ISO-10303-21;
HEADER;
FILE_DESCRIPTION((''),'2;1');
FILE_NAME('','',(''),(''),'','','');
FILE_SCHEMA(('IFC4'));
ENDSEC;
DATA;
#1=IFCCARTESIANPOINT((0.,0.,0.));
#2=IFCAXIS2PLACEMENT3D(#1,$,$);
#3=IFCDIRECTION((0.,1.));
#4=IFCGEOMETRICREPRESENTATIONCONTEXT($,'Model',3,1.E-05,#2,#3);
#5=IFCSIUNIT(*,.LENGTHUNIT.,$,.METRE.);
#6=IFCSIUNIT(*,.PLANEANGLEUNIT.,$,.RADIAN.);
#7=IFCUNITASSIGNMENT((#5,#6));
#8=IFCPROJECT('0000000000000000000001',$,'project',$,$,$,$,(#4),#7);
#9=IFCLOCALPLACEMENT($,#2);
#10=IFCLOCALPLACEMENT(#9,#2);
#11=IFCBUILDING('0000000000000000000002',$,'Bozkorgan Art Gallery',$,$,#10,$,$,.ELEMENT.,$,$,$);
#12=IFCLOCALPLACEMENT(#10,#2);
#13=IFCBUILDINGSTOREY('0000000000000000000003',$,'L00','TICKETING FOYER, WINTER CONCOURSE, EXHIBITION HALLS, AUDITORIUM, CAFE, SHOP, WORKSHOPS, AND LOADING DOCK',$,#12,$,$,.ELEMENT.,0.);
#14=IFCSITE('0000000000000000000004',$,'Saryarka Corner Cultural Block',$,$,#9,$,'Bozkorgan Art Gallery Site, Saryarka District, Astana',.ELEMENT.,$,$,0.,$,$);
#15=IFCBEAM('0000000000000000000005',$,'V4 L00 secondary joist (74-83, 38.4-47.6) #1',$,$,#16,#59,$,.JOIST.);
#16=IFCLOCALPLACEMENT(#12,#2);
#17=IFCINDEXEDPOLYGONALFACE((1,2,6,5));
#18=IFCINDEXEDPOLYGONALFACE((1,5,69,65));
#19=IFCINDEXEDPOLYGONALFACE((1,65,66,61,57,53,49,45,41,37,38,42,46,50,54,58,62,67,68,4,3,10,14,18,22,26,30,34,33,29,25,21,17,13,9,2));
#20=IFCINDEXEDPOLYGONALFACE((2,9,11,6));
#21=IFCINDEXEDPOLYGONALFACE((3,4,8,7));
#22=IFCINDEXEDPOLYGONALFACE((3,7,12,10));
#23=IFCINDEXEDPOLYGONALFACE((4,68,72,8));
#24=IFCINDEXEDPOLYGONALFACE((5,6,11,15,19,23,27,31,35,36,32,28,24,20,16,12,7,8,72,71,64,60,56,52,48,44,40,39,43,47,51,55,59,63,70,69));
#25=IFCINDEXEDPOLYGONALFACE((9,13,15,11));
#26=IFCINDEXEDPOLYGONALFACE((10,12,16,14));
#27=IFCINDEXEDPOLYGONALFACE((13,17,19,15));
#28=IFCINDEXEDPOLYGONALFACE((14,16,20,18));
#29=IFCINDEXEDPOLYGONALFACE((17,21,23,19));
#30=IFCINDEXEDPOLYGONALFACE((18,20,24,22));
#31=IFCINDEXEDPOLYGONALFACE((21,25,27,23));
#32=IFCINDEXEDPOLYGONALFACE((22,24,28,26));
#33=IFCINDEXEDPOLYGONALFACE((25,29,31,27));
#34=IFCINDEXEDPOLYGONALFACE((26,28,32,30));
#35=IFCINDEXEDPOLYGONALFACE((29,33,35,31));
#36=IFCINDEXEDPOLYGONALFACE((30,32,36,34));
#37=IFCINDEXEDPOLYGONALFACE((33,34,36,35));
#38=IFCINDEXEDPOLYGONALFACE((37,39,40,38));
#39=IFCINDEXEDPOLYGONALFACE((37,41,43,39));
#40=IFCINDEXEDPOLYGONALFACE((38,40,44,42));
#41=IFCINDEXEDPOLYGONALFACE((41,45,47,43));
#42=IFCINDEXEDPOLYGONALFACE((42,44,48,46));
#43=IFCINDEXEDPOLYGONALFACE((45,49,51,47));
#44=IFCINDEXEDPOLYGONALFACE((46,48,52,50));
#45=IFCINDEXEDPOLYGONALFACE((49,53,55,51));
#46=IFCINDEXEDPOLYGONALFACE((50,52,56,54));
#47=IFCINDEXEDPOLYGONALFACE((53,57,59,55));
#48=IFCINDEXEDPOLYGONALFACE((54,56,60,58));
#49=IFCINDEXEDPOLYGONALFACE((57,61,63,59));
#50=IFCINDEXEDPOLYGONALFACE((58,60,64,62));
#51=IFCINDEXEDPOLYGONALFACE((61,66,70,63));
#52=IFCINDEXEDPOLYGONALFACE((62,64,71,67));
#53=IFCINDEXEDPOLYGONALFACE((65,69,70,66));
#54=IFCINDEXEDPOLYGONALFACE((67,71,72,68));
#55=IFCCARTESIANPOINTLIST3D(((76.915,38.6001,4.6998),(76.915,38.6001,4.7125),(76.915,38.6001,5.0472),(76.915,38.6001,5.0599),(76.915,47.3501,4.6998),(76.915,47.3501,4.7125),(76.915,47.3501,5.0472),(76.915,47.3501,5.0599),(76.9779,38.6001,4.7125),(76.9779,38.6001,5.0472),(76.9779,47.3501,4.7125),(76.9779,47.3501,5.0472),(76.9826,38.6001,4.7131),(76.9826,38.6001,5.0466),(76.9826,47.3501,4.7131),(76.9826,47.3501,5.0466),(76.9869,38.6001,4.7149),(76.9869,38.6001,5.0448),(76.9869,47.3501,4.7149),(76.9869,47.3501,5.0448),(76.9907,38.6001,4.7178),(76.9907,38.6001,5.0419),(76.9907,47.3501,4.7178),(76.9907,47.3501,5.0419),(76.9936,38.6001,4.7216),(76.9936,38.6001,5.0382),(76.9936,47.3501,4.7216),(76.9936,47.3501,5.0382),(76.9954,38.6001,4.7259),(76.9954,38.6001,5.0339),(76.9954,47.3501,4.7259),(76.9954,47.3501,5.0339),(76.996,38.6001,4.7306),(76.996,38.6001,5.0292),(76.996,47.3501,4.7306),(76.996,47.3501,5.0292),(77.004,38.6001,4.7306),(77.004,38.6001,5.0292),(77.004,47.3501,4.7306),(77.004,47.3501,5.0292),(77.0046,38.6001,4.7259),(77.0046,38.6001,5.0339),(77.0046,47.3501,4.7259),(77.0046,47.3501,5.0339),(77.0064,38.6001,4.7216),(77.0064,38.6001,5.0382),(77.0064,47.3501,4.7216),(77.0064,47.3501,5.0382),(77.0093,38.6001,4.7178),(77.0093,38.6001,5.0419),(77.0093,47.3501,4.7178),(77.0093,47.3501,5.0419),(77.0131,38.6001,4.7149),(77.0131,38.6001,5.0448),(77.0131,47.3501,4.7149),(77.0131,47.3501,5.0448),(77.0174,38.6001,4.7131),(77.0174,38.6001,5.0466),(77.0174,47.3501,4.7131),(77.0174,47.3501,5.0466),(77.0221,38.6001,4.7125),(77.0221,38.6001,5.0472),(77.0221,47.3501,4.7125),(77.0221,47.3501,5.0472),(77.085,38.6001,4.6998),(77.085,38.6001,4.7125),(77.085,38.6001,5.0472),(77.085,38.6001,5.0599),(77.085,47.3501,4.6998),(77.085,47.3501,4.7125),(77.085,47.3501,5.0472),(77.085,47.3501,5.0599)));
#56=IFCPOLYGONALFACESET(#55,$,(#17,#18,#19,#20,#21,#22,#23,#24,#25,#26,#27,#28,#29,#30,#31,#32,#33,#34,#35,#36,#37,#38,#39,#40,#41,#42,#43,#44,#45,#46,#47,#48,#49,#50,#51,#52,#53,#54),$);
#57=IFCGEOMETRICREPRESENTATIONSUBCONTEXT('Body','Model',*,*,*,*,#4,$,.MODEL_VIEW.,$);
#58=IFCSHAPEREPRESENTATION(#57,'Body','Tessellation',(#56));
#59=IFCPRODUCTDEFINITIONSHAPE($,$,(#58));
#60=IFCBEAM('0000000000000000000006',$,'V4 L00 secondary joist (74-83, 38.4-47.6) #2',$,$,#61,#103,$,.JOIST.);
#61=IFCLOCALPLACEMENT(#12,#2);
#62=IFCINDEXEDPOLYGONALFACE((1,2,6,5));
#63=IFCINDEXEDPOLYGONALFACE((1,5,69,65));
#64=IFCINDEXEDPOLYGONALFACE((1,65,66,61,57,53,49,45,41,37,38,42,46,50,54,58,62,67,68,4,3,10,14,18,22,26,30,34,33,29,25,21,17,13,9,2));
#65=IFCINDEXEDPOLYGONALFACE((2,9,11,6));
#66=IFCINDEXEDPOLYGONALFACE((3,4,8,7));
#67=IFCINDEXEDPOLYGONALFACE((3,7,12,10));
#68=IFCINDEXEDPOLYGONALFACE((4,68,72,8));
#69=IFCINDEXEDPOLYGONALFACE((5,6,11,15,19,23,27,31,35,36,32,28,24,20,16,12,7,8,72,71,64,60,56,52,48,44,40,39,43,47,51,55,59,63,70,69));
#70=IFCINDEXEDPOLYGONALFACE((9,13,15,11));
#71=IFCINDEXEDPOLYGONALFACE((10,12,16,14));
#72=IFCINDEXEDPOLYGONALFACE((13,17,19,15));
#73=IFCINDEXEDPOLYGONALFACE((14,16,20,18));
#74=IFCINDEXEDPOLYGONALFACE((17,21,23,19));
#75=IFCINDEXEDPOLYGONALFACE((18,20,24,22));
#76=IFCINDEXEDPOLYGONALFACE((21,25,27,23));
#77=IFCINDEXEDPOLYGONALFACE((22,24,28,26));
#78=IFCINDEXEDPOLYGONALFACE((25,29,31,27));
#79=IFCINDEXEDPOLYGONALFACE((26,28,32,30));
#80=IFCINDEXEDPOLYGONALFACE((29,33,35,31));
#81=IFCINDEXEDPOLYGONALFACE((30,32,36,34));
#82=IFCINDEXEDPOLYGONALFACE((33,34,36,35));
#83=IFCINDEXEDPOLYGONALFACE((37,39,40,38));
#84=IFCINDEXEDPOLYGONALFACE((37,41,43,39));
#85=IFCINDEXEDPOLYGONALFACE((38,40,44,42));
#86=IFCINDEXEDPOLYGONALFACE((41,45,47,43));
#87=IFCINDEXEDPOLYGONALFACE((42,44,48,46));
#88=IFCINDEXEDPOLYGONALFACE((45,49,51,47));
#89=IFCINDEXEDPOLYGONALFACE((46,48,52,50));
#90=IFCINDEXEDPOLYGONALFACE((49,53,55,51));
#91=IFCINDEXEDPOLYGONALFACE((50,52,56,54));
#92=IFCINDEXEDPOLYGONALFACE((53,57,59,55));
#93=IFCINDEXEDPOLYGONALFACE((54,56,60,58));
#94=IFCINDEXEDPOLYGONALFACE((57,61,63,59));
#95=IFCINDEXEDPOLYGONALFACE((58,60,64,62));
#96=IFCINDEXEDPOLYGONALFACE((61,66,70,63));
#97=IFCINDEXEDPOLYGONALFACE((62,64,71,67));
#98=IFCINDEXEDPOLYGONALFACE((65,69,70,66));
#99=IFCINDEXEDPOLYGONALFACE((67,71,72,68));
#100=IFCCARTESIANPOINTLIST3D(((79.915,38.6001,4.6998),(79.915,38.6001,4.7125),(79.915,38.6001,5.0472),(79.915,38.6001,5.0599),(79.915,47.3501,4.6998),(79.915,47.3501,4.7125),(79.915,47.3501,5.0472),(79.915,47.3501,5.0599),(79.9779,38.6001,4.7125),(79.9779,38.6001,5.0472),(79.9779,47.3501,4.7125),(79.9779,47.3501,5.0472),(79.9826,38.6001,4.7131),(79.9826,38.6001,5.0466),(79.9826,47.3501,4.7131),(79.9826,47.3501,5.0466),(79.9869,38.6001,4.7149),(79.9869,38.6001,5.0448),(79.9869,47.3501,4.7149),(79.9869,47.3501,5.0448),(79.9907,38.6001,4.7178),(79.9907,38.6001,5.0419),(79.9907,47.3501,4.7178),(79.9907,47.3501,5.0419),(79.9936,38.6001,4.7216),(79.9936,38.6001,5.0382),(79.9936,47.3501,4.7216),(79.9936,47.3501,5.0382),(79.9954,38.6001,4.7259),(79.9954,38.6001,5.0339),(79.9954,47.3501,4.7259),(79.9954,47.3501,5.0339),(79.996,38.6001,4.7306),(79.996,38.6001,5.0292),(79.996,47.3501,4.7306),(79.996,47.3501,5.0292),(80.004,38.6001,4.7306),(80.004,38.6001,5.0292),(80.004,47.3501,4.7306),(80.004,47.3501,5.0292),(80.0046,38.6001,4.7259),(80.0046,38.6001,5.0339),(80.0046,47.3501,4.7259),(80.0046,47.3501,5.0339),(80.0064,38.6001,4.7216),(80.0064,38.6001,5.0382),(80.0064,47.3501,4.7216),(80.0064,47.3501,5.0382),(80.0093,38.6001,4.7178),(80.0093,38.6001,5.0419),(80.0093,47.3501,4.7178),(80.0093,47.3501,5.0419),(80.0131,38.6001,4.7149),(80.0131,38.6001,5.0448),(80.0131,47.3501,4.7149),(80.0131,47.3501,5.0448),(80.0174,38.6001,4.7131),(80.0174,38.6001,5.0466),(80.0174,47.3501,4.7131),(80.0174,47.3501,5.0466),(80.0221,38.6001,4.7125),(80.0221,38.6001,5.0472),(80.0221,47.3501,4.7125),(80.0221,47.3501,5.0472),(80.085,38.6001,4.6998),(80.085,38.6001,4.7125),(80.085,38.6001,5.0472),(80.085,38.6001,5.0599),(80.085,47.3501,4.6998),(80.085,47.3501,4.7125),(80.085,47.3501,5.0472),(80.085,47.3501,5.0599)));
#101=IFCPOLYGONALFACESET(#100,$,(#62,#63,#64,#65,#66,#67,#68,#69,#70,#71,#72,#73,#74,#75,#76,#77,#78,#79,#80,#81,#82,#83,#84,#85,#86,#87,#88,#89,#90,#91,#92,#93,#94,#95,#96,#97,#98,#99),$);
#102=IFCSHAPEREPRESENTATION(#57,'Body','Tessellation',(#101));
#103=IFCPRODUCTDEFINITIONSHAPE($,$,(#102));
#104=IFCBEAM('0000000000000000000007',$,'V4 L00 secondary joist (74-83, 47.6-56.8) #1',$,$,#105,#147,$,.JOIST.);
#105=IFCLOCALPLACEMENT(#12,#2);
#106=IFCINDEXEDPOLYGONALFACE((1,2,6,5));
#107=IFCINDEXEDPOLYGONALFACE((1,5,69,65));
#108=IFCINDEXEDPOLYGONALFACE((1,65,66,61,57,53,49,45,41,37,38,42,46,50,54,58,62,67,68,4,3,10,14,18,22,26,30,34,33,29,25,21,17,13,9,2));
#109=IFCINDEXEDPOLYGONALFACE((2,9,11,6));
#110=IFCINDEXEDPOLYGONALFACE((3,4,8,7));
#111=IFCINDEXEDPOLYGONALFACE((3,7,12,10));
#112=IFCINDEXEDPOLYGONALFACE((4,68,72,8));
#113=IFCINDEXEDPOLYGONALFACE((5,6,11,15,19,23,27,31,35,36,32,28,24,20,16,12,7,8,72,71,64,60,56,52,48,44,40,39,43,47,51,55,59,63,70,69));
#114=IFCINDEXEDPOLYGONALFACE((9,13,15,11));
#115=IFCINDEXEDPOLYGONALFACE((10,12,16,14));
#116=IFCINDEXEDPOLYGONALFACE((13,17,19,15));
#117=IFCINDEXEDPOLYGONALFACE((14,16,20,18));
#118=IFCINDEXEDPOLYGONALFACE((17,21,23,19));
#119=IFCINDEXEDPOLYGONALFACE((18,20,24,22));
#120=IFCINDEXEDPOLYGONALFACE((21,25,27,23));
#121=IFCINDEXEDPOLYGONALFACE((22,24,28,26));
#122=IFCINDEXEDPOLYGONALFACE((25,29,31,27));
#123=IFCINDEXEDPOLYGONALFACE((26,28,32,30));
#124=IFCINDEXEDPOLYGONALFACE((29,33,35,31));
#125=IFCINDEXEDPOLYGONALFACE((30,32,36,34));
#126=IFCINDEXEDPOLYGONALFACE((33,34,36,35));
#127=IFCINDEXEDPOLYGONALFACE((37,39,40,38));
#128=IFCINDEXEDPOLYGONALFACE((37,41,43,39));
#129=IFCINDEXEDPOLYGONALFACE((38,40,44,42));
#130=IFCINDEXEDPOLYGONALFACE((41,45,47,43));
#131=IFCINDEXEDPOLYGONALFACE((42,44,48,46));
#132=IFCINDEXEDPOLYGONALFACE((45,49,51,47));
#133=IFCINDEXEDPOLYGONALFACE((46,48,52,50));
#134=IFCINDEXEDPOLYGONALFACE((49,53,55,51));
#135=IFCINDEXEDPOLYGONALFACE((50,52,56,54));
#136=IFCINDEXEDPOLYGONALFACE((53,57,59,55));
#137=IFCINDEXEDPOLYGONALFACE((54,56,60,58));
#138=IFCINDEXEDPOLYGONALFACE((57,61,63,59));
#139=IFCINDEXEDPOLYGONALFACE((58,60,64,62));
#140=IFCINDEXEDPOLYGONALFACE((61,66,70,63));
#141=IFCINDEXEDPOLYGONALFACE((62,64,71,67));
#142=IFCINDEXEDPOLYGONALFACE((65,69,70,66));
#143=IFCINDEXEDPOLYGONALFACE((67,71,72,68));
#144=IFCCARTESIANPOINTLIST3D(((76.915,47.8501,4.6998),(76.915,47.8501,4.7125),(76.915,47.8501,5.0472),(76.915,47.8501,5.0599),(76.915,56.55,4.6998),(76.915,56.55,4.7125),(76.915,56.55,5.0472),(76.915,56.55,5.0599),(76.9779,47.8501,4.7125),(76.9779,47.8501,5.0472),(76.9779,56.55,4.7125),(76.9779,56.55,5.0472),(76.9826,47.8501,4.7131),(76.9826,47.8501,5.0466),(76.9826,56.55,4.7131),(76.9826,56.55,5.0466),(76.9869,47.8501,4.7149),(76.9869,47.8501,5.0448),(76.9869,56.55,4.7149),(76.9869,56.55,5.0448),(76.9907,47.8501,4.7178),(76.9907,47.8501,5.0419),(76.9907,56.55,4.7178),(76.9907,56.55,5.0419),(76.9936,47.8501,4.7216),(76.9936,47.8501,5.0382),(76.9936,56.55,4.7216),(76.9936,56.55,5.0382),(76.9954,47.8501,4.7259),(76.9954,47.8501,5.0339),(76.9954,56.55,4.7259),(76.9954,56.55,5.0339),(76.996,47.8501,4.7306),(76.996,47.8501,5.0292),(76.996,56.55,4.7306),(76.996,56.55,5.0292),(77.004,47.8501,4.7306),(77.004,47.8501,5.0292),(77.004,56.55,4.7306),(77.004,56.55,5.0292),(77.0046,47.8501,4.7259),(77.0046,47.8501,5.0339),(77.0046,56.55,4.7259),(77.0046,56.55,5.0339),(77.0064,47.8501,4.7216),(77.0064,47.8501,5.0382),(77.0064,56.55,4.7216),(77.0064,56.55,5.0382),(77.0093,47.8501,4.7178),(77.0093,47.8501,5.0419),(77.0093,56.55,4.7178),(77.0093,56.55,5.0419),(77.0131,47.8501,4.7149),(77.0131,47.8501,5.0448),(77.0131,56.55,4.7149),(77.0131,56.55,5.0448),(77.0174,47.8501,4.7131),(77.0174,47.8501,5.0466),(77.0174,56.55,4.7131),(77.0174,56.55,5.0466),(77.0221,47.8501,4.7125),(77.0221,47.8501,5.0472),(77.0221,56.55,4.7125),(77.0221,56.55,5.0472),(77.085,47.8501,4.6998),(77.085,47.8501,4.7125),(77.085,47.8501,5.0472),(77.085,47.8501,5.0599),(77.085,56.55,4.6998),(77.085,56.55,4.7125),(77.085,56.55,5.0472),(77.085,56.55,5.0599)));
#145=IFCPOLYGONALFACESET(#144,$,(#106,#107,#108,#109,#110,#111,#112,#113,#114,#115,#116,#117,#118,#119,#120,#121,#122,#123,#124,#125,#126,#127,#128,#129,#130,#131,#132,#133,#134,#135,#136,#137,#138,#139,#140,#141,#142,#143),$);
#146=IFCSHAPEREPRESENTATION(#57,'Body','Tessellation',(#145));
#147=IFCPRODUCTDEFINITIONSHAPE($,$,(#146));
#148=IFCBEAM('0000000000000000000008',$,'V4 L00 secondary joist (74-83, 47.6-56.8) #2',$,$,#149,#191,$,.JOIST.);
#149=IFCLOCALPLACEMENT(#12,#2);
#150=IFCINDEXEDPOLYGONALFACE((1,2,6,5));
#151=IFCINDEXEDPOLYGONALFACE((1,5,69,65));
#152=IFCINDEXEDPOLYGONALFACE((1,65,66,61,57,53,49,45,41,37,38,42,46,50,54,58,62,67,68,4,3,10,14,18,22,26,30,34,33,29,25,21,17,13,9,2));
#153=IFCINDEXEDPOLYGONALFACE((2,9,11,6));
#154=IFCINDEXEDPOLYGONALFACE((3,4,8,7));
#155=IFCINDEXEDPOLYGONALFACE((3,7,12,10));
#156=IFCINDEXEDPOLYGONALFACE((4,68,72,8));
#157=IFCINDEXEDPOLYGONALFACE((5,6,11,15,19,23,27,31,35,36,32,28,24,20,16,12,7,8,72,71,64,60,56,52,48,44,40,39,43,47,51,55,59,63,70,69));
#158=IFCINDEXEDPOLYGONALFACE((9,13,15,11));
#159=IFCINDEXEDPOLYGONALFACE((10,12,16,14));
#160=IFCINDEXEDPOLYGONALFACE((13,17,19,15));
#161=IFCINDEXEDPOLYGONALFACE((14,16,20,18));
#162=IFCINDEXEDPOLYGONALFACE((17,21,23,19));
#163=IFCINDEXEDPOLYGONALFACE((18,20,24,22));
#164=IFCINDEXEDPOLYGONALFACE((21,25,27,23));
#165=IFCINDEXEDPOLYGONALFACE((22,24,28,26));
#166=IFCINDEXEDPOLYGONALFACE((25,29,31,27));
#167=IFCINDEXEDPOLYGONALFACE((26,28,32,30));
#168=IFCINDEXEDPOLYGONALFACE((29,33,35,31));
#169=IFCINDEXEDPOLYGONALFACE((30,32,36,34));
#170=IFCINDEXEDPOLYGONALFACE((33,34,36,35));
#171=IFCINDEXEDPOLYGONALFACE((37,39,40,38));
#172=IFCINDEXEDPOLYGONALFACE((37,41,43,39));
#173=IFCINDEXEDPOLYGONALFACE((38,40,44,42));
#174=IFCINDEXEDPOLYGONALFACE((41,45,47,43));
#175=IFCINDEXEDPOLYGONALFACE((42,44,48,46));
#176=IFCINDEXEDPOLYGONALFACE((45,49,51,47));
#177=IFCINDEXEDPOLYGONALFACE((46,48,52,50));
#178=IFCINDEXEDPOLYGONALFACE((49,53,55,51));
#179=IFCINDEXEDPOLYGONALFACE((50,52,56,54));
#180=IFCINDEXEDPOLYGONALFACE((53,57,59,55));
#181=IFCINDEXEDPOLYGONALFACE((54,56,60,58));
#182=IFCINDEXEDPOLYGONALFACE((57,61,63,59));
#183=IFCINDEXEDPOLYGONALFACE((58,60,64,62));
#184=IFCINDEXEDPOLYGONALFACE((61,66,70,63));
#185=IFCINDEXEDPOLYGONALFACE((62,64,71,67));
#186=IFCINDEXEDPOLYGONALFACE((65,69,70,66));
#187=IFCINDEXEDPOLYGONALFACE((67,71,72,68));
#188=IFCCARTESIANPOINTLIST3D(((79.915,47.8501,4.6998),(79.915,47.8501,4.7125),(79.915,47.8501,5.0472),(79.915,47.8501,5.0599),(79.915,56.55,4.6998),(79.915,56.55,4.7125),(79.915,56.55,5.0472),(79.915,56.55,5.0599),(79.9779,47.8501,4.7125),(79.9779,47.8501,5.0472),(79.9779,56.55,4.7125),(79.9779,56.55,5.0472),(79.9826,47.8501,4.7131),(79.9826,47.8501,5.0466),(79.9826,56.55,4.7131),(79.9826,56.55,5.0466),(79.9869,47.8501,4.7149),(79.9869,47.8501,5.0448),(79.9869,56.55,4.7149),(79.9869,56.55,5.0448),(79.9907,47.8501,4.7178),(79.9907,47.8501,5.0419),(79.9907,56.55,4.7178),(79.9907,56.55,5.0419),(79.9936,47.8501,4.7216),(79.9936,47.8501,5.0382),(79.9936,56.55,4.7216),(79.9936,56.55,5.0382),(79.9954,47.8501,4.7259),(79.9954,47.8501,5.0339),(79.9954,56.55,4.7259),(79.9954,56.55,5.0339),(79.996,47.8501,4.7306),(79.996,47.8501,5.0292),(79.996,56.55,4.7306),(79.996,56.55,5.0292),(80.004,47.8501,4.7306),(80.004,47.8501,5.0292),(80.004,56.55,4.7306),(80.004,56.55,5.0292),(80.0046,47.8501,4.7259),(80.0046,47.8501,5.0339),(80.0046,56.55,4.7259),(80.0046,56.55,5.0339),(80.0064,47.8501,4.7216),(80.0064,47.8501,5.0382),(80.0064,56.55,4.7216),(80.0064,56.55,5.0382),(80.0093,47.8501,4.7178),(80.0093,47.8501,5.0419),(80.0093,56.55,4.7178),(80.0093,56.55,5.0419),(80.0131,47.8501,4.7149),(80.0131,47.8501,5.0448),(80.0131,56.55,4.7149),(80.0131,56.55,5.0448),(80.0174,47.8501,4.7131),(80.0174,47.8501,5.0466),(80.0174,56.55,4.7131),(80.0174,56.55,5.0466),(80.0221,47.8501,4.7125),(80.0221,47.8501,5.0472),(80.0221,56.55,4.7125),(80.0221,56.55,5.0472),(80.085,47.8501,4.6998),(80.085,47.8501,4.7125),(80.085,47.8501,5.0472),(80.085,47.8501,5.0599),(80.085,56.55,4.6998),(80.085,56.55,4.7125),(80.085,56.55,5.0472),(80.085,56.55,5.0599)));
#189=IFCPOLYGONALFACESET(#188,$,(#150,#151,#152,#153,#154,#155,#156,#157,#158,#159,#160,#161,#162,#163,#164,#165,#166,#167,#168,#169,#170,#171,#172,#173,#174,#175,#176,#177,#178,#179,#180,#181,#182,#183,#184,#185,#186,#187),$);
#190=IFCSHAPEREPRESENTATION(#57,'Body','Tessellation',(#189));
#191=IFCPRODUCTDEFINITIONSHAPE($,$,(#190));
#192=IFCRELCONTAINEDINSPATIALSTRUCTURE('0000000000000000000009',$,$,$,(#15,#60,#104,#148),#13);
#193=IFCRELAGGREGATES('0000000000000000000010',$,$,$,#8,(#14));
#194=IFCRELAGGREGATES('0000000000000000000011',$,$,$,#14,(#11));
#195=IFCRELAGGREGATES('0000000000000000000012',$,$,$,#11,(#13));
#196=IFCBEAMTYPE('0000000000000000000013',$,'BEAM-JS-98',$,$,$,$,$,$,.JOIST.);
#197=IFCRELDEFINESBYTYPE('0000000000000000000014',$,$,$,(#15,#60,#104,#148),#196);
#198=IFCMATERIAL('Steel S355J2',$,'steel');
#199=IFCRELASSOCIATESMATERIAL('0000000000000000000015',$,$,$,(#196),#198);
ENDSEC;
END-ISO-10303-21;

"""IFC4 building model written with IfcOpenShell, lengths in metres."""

from ifc_helpers import new_model, si_unit, direction, frame, origin, origin_2d, place, context, subcontext, project, spatial, i_section, extrude, material, material_profile, profile_set, type_object, element, save


model = new_model("IFC4")

# Units and contexts
model_context = context("Model", 3, precision=1e-05, world=origin(), true_north=direction((0.0, 1.0)))
body_context = subcontext(model_context, "Body", "Model", "MODEL_VIEW")
ifc_project = project(units=[si_unit("LENGTHUNIT", "METRE"), si_unit("PLANEANGLEUNIT", "RADIAN")], contexts=[model_context])

# Site, building, storey
site_placement = place(None, origin())
site = spatial("IfcSite", under=ifc_project, at=site_placement, Name="Saryarka Corner Cultural Block", LongName="Bozkorgan Art Gallery Site, Saryarka District, Astana", CompositionType="ELEMENT", RefElevation=0.0)
building_placement = place(site_placement, origin())
building = spatial("IfcBuilding", under=site, at=building_placement, Name="Bozkorgan Art Gallery", CompositionType="ELEMENT")
storey_placement = place(building_placement, origin())
storey = spatial("IfcBuildingStorey", under=building, at=storey_placement, Name="L00", Description="TICKETING FOYER, WINTER CONCOURSE, EXHIBITION HALLS, AUDITORIUM, CAFE, SHOP, WORKSHOPS, AND LOADING DOCK", CompositionType="ELEMENT", Elevation=0.0)

# Beams
ifc_material_1 = material(Name="Steel S355J2", Category="steel")
ifc_material_profile_1 = material_profile(ifc_material_1, i_section(OverallWidth=0.1699, OverallDepth=0.3601, WebThickness=0.0081, FlangeThickness=0.0127, FilletRadius=0.0181, at=origin_2d()), Name="IPE 360")
ifc_profile_set_1 = profile_set([ifc_material_profile_1], Name="Steel S355J2")
beam_type_1 = type_object("IfcBeamType", Name="BEAM-JS-98", PredefinedType="JOIST", material=ifc_profile_set_1)
for number, where, z_axis, x_axis, name in (
    (1, (77.0, 38.6001, 4.8799), (0.0, 1.0, 0.0), (-1.0, 0.0, 0.0), "V4 L00 secondary joist (74-83, 38.4-47.6) #1"),
    (2, (80.0, 38.6001, 4.8799), (0.0, 1.0, 0.0), (-1.0, 0.0, 0.0), "V4 L00 secondary joist (74-83, 38.4-47.6) #2"),
):
    element("IfcBeam", number, at=place(storey_placement, frame(where, z_axis=z_axis, x_axis=x_axis)), inside=storey, type_object=beam_type_1, Name=name, PredefinedType="JOIST", context=body_context, shape_type="SweptSolid", body=[
        extrude(i_section(OverallWidth=0.1699, OverallDepth=0.3601, WebThickness=0.0081, FlangeThickness=0.0127, FilletRadius=0.0181, at=origin_2d()), origin(), (0.0, 0.0, 1.0), 8.75),
    ])
for number, where, z_axis, x_axis, name in (
    (3, (77.0, 47.8501, 4.8799), (0.0, 1.0, 0.0), (-1.0, 0.0, 0.0), "V4 L00 secondary joist (74-83, 47.6-56.8) #1"),
    (4, (80.0, 47.8501, 4.8799), (0.0, 1.0, 0.0), (-1.0, 0.0, 0.0), "V4 L00 secondary joist (74-83, 47.6-56.8) #2"),
):
    element("IfcBeam", number, at=place(storey_placement, frame(where, z_axis=z_axis, x_axis=x_axis)), inside=storey, type_object=beam_type_1, Name=name, PredefinedType="JOIST", context=body_context, shape_type="SweptSolid", body=[
        extrude(i_section(OverallWidth=0.1699, OverallDepth=0.3601, WebThickness=0.0081, FlangeThickness=0.0127, FilletRadius=0.0181, at=origin_2d()), origin(), (0.0, 0.0, 1.0), 8.7),
    ])

save(model, "model.ifc")
